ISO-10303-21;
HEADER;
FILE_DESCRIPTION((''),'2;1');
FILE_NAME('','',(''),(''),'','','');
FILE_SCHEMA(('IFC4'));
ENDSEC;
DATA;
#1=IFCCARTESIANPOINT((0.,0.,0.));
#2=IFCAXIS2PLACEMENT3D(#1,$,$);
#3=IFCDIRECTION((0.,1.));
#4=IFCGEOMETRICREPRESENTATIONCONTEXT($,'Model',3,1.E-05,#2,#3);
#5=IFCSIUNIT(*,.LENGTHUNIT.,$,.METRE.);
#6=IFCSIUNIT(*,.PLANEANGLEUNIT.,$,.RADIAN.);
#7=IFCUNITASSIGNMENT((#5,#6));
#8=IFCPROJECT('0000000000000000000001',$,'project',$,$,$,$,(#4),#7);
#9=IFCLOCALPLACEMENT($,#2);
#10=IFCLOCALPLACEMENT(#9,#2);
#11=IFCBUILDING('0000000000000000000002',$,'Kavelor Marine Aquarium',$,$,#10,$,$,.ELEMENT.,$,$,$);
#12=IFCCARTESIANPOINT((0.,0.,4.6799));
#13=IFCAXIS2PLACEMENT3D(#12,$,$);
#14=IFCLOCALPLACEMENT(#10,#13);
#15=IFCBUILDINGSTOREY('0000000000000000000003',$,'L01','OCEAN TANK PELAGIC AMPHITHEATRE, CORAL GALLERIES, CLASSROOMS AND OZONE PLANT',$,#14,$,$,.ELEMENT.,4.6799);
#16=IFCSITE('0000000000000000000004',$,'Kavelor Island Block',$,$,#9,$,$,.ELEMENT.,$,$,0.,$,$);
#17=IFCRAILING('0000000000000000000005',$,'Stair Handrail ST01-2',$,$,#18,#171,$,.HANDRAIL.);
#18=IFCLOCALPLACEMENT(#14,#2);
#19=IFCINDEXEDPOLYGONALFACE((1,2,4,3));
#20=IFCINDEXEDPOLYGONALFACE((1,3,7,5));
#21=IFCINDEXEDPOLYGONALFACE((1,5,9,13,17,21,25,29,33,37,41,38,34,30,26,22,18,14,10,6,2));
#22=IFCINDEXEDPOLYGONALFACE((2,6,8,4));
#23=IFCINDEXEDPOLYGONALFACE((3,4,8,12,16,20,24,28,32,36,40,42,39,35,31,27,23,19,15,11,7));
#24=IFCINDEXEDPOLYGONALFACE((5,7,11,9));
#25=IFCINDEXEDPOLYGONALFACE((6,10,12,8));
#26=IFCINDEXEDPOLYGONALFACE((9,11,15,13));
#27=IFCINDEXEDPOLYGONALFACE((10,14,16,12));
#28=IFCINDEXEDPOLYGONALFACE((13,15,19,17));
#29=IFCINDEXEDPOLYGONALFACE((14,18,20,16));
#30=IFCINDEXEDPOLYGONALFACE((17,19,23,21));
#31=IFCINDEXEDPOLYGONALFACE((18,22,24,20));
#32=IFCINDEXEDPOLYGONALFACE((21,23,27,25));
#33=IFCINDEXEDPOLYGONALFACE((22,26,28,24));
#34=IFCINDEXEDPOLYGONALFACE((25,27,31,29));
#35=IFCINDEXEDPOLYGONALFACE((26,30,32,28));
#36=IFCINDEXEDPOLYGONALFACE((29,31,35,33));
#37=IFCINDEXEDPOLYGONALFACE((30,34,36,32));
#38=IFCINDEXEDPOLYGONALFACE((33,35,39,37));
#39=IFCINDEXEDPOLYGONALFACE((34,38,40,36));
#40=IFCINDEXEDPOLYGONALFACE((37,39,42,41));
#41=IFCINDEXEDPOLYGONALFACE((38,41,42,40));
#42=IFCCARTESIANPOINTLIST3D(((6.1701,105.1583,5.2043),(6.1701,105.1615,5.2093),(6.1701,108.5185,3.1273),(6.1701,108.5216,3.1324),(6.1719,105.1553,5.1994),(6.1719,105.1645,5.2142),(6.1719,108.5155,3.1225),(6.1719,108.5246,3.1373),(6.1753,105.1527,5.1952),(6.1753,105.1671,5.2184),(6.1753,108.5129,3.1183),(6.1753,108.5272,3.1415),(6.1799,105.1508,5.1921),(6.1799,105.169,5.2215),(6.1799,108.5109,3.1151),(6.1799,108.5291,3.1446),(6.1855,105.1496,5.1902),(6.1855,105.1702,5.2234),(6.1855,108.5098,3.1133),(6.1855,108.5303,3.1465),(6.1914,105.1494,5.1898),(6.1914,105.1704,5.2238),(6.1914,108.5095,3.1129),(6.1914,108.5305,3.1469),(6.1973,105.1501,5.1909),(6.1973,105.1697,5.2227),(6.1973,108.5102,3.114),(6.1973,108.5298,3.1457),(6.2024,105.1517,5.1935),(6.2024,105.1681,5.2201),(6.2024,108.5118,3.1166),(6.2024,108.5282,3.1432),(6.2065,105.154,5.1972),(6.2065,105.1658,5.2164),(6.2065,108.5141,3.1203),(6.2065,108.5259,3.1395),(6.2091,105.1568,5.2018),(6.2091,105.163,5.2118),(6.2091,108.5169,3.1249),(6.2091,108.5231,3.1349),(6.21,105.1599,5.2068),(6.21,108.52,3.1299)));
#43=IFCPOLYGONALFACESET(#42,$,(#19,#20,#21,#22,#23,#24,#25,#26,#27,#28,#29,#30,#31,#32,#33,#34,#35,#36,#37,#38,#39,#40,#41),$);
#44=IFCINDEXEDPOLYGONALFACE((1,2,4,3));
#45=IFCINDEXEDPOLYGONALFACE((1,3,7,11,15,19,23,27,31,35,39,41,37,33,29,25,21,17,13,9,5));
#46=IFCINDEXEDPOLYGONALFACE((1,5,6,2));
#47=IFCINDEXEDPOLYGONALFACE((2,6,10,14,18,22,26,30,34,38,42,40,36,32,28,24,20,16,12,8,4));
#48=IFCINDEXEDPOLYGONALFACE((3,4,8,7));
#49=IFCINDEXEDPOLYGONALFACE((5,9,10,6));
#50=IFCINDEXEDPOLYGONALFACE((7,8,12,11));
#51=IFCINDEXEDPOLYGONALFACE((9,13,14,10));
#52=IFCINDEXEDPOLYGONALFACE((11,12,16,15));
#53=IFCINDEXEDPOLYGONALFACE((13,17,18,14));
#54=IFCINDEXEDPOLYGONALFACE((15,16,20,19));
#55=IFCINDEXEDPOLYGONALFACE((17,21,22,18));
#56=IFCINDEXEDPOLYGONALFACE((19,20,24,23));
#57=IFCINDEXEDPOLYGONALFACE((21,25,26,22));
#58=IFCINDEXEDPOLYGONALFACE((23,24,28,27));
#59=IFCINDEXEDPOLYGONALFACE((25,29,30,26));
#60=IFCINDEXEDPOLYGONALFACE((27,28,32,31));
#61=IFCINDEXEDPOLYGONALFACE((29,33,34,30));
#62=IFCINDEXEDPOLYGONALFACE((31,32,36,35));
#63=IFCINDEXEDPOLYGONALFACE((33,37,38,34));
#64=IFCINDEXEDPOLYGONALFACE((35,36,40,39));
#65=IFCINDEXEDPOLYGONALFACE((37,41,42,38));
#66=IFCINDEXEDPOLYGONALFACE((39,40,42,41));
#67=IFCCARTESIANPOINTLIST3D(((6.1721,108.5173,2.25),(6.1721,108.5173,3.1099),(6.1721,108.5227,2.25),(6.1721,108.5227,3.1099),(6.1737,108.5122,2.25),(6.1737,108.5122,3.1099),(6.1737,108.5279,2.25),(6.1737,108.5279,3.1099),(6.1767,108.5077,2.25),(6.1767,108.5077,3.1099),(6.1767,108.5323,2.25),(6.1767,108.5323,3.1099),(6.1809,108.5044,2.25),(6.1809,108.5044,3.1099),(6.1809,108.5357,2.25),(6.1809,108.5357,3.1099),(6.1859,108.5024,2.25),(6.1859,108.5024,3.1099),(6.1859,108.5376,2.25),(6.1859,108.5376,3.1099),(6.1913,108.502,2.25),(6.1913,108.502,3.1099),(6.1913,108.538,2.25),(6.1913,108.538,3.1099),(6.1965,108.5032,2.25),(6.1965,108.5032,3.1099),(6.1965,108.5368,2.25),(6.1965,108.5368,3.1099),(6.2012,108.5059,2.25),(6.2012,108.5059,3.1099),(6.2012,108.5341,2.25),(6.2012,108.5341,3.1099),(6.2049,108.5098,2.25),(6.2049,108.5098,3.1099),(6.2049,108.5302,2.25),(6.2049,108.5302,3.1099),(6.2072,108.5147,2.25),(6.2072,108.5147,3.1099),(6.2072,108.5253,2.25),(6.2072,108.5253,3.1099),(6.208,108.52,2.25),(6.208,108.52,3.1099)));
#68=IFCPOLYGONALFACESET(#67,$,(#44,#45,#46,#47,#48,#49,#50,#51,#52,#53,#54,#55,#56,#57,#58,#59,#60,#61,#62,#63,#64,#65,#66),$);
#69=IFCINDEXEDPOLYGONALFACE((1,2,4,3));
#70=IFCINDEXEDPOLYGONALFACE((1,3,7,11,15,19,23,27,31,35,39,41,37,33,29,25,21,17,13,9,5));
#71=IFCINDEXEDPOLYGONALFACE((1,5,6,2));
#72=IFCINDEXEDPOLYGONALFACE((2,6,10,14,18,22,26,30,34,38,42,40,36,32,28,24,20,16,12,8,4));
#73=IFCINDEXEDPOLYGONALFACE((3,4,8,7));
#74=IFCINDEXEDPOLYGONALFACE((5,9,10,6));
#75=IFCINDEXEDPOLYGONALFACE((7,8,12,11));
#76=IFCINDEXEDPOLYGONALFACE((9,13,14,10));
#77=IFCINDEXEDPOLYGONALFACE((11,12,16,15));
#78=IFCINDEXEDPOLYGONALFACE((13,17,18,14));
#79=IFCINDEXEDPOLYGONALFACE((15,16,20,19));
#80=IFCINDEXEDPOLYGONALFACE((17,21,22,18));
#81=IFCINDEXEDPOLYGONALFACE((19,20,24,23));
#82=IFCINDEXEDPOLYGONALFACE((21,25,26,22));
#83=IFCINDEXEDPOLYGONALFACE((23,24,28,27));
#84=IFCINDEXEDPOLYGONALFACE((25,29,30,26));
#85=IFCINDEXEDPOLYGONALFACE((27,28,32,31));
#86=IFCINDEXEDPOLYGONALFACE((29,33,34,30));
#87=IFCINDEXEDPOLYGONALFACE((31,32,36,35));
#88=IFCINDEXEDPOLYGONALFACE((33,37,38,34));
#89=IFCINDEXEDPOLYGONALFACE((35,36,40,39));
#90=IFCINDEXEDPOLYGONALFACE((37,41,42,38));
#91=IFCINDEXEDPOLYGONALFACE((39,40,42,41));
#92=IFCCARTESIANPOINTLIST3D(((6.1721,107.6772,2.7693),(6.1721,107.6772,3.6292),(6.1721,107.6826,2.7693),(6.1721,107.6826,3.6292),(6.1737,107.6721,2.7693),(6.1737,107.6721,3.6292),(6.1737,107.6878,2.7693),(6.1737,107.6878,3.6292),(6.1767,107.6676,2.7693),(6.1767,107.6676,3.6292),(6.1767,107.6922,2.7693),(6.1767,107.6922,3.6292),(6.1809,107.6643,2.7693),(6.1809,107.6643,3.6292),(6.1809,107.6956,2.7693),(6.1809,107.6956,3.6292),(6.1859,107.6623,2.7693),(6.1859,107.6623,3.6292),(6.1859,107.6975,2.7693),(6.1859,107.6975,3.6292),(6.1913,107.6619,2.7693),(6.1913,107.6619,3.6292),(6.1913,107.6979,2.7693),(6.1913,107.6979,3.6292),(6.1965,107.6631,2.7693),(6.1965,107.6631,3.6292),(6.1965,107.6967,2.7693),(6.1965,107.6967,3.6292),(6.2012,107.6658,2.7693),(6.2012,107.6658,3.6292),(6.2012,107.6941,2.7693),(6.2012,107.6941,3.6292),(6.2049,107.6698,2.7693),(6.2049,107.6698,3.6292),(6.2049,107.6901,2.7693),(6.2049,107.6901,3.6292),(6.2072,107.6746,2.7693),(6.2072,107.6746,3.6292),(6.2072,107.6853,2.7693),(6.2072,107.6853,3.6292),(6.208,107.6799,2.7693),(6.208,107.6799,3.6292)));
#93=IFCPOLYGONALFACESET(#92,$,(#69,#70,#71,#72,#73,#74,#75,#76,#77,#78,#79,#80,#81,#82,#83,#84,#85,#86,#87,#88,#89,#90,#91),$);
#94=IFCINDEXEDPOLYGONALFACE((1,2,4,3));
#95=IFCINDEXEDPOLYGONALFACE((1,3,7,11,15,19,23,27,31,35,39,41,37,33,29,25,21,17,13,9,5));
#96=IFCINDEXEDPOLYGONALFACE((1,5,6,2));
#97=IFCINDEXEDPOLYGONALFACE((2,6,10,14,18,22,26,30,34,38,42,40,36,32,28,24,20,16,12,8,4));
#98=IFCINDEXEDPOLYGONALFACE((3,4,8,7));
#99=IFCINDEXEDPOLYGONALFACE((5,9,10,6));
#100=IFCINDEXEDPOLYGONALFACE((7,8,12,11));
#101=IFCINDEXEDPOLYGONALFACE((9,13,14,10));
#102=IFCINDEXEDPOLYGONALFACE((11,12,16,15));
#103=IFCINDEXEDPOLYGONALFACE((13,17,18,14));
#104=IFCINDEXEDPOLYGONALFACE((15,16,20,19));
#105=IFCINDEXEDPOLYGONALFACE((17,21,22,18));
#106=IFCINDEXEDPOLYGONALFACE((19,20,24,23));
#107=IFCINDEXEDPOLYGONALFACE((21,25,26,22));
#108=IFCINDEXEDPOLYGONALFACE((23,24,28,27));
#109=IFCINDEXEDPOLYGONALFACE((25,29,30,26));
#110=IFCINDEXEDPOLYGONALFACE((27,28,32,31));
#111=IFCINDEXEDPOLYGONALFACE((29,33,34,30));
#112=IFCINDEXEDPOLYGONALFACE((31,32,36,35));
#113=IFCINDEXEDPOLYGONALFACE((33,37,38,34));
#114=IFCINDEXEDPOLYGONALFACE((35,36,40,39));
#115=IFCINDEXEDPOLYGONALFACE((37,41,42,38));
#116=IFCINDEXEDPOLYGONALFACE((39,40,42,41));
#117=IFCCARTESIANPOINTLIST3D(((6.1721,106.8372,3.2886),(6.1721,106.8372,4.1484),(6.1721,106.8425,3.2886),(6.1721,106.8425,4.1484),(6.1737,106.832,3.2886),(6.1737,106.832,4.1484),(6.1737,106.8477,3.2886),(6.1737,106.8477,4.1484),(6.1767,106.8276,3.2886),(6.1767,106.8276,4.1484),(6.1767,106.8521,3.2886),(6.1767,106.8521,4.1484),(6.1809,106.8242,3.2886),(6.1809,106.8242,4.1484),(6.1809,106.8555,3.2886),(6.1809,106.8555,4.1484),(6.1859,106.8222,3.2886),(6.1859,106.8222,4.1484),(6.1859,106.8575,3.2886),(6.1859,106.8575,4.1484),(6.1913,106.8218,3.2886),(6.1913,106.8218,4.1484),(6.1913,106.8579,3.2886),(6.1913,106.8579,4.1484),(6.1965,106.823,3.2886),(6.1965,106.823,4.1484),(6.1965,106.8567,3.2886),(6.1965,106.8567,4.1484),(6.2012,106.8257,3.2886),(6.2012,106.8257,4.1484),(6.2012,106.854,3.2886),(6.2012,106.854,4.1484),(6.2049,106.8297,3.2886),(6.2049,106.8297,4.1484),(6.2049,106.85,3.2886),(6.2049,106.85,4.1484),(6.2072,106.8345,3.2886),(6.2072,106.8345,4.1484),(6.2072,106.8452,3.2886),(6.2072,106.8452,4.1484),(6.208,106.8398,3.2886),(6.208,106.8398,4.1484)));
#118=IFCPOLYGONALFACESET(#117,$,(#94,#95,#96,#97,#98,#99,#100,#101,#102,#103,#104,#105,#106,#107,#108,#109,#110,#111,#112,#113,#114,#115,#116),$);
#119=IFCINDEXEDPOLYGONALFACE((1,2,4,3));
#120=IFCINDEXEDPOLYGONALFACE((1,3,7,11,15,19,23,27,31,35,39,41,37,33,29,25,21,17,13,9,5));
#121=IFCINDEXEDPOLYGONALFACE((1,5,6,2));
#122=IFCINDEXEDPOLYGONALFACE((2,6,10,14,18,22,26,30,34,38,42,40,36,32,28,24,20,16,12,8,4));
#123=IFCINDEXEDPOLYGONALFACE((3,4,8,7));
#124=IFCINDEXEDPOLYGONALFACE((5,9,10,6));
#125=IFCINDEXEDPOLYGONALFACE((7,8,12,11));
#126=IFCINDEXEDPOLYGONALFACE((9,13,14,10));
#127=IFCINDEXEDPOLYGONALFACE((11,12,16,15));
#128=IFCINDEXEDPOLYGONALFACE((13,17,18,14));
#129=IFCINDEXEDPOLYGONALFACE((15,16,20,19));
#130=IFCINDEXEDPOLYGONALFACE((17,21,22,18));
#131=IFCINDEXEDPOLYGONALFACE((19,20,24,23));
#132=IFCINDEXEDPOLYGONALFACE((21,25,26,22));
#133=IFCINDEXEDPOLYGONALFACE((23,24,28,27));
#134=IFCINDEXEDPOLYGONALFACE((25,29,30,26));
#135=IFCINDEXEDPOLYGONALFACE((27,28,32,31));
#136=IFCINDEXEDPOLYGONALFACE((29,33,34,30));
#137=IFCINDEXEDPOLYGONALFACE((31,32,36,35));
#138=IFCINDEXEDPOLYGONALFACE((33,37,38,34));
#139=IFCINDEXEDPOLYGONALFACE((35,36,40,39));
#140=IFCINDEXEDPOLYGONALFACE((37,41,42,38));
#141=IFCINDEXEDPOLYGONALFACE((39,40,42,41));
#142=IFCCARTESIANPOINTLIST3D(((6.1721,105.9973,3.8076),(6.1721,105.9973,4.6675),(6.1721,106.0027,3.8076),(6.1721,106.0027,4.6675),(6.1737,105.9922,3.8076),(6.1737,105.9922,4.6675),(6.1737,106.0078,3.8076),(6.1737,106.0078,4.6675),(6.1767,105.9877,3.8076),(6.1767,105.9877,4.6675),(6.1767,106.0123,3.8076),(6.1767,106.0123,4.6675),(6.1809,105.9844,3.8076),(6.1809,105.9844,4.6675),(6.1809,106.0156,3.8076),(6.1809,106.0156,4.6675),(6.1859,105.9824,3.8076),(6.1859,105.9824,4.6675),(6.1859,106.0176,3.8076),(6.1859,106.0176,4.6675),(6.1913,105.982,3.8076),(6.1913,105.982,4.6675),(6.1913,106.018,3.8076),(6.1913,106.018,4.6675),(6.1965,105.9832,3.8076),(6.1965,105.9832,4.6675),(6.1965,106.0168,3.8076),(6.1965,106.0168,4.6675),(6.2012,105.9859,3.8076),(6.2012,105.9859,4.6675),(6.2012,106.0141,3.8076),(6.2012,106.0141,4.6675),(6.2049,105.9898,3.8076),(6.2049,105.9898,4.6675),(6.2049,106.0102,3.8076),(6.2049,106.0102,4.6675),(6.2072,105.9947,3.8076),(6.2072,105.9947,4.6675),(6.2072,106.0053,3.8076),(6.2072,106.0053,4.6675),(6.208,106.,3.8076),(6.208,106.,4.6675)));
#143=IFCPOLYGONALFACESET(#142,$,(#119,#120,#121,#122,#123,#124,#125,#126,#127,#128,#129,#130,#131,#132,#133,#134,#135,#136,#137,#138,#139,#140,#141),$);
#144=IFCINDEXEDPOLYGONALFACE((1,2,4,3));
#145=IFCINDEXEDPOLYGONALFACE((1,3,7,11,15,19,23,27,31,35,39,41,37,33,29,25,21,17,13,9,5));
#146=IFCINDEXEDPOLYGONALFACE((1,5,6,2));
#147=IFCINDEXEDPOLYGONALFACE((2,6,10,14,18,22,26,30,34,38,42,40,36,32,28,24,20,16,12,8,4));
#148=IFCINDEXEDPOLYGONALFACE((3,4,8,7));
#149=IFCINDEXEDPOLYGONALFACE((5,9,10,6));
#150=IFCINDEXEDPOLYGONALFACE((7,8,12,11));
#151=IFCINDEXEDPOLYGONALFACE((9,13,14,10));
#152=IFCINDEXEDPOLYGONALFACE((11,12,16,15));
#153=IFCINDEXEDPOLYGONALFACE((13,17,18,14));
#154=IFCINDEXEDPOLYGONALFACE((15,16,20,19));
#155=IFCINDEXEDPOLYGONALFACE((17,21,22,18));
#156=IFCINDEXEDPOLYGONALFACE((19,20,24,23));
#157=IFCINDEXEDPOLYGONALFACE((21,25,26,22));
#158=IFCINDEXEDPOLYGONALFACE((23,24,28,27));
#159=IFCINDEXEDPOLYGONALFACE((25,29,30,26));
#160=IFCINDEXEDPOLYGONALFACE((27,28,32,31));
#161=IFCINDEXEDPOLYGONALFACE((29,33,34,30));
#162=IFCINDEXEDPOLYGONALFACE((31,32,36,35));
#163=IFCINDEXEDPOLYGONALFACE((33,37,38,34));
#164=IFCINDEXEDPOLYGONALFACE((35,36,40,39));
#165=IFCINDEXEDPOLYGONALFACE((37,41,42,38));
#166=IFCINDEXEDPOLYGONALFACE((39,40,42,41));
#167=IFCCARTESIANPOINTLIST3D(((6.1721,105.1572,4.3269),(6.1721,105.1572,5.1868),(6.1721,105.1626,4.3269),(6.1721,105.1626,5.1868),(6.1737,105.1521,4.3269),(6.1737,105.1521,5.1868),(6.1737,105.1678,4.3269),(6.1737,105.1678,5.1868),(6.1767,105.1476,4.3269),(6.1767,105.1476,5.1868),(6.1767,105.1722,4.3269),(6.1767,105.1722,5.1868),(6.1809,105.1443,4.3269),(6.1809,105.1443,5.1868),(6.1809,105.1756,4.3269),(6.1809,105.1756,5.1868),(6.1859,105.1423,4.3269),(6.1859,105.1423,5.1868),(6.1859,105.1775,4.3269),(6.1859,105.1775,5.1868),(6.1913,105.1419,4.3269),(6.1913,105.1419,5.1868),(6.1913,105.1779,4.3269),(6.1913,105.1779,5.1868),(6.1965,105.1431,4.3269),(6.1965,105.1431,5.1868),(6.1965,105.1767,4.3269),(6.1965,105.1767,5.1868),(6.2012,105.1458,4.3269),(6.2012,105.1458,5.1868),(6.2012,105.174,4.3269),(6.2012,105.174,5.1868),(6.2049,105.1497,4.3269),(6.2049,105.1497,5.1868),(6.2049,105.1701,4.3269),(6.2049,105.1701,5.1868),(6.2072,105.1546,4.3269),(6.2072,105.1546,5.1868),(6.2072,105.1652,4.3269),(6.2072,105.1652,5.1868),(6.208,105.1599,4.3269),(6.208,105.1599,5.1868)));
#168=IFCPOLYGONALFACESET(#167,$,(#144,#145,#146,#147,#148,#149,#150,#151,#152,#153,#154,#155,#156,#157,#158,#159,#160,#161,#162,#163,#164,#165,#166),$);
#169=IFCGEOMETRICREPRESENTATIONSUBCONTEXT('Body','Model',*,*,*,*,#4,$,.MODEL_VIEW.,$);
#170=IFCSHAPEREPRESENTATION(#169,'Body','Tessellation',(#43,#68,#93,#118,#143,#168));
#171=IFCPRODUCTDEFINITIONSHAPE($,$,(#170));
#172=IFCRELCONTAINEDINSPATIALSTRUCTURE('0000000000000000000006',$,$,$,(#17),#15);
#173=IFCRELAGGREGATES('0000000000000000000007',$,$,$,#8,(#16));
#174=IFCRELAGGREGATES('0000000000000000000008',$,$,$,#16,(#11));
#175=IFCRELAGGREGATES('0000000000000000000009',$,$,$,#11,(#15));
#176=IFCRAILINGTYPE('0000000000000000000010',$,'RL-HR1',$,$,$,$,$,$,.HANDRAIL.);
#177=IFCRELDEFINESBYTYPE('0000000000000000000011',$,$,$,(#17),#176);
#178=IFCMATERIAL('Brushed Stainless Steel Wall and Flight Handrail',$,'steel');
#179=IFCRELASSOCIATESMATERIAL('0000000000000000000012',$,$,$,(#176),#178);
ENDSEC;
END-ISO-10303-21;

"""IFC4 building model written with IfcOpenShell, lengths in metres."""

from ifc_helpers import new_model, si_unit, direction, frame, origin, origin_2d, place, context, subcontext, project, spatial, circle, extrude, material, type_object, element, save


model = new_model("IFC4")

# Units and contexts
model_context = context("Model", 3, precision=1e-05, world=origin(), true_north=direction((0.0, 1.0)))
body_context = subcontext(model_context, "Body", "Model", "MODEL_VIEW")
ifc_project = project(units=[si_unit("LENGTHUNIT", "METRE"), si_unit("PLANEANGLEUNIT", "RADIAN")], contexts=[model_context])

# Site, building, storey
site_placement = place(None, origin())
site = spatial("IfcSite", under=ifc_project, at=site_placement, Name="Kavelor Island Block", CompositionType="ELEMENT", RefElevation=0.0)
building_placement = place(site_placement, origin())
building = spatial("IfcBuilding", under=site, at=building_placement, Name="Kavelor Marine Aquarium", CompositionType="ELEMENT")
storey_placement = place(building_placement, frame((0.0, 0.0, 4.6799)))
storey = spatial("IfcBuildingStorey", under=building, at=storey_placement, Name="L01", Description="OCEAN TANK PELAGIC AMPHITHEATRE, CORAL GALLERIES, CLASSROOMS AND OZONE PLANT", CompositionType="ELEMENT", Elevation=4.6799)

# Railing
ifc_material_1 = material(Name="Brushed Stainless Steel Wall and Flight Handrail", Category="steel")
railing_type_1 = type_object("IfcRailingType", Name="RL-HR1", PredefinedType="HANDRAIL", material=ifc_material_1)
railing_1_placement = place(storey_placement, frame((6.1899, 108.52, 2.25)))
element("IfcRailing", 1, at=railing_1_placement, inside=storey, type_object=railing_type_1, Name="Stair Handrail ST01-2", PredefinedType="HANDRAIL", context=body_context, shape_type="SweptSolid", body=[
    extrude(circle(Radius=0.02, at=origin_2d()), frame((0.0, 0.0, 0.8799), z_axis=(0.0, -0.850623, 0.525776), x_axis=(1.0, 0.0, 0.0)), (0.0, 0.0, 1.0), 3.9502),
    extrude(circle(Radius=0.0181, at=origin_2d()), origin(), (0.0, 0.0, 1.0), 0.8599),
    extrude(circle(Radius=0.0181, at=origin_2d()), frame((0.0, -0.8401, 0.5193)), (0.0, 0.0, 1.0), 0.8599),
    extrude(circle(Radius=0.0181, at=origin_2d()), frame((0.0, -1.6802, 1.0386)), (0.0, 0.0, 1.0), 0.8599),
    extrude(circle(Radius=0.0181, at=origin_2d()), frame((0.0, -2.52, 1.5576)), (0.0, 0.0, 1.0), 0.8599),
    extrude(circle(Radius=0.0181, at=origin_2d()), frame((0.0, -3.3601, 2.0769)), (0.0, 0.0, 1.0), 0.8599),
])

save(model, "model.ifc")
